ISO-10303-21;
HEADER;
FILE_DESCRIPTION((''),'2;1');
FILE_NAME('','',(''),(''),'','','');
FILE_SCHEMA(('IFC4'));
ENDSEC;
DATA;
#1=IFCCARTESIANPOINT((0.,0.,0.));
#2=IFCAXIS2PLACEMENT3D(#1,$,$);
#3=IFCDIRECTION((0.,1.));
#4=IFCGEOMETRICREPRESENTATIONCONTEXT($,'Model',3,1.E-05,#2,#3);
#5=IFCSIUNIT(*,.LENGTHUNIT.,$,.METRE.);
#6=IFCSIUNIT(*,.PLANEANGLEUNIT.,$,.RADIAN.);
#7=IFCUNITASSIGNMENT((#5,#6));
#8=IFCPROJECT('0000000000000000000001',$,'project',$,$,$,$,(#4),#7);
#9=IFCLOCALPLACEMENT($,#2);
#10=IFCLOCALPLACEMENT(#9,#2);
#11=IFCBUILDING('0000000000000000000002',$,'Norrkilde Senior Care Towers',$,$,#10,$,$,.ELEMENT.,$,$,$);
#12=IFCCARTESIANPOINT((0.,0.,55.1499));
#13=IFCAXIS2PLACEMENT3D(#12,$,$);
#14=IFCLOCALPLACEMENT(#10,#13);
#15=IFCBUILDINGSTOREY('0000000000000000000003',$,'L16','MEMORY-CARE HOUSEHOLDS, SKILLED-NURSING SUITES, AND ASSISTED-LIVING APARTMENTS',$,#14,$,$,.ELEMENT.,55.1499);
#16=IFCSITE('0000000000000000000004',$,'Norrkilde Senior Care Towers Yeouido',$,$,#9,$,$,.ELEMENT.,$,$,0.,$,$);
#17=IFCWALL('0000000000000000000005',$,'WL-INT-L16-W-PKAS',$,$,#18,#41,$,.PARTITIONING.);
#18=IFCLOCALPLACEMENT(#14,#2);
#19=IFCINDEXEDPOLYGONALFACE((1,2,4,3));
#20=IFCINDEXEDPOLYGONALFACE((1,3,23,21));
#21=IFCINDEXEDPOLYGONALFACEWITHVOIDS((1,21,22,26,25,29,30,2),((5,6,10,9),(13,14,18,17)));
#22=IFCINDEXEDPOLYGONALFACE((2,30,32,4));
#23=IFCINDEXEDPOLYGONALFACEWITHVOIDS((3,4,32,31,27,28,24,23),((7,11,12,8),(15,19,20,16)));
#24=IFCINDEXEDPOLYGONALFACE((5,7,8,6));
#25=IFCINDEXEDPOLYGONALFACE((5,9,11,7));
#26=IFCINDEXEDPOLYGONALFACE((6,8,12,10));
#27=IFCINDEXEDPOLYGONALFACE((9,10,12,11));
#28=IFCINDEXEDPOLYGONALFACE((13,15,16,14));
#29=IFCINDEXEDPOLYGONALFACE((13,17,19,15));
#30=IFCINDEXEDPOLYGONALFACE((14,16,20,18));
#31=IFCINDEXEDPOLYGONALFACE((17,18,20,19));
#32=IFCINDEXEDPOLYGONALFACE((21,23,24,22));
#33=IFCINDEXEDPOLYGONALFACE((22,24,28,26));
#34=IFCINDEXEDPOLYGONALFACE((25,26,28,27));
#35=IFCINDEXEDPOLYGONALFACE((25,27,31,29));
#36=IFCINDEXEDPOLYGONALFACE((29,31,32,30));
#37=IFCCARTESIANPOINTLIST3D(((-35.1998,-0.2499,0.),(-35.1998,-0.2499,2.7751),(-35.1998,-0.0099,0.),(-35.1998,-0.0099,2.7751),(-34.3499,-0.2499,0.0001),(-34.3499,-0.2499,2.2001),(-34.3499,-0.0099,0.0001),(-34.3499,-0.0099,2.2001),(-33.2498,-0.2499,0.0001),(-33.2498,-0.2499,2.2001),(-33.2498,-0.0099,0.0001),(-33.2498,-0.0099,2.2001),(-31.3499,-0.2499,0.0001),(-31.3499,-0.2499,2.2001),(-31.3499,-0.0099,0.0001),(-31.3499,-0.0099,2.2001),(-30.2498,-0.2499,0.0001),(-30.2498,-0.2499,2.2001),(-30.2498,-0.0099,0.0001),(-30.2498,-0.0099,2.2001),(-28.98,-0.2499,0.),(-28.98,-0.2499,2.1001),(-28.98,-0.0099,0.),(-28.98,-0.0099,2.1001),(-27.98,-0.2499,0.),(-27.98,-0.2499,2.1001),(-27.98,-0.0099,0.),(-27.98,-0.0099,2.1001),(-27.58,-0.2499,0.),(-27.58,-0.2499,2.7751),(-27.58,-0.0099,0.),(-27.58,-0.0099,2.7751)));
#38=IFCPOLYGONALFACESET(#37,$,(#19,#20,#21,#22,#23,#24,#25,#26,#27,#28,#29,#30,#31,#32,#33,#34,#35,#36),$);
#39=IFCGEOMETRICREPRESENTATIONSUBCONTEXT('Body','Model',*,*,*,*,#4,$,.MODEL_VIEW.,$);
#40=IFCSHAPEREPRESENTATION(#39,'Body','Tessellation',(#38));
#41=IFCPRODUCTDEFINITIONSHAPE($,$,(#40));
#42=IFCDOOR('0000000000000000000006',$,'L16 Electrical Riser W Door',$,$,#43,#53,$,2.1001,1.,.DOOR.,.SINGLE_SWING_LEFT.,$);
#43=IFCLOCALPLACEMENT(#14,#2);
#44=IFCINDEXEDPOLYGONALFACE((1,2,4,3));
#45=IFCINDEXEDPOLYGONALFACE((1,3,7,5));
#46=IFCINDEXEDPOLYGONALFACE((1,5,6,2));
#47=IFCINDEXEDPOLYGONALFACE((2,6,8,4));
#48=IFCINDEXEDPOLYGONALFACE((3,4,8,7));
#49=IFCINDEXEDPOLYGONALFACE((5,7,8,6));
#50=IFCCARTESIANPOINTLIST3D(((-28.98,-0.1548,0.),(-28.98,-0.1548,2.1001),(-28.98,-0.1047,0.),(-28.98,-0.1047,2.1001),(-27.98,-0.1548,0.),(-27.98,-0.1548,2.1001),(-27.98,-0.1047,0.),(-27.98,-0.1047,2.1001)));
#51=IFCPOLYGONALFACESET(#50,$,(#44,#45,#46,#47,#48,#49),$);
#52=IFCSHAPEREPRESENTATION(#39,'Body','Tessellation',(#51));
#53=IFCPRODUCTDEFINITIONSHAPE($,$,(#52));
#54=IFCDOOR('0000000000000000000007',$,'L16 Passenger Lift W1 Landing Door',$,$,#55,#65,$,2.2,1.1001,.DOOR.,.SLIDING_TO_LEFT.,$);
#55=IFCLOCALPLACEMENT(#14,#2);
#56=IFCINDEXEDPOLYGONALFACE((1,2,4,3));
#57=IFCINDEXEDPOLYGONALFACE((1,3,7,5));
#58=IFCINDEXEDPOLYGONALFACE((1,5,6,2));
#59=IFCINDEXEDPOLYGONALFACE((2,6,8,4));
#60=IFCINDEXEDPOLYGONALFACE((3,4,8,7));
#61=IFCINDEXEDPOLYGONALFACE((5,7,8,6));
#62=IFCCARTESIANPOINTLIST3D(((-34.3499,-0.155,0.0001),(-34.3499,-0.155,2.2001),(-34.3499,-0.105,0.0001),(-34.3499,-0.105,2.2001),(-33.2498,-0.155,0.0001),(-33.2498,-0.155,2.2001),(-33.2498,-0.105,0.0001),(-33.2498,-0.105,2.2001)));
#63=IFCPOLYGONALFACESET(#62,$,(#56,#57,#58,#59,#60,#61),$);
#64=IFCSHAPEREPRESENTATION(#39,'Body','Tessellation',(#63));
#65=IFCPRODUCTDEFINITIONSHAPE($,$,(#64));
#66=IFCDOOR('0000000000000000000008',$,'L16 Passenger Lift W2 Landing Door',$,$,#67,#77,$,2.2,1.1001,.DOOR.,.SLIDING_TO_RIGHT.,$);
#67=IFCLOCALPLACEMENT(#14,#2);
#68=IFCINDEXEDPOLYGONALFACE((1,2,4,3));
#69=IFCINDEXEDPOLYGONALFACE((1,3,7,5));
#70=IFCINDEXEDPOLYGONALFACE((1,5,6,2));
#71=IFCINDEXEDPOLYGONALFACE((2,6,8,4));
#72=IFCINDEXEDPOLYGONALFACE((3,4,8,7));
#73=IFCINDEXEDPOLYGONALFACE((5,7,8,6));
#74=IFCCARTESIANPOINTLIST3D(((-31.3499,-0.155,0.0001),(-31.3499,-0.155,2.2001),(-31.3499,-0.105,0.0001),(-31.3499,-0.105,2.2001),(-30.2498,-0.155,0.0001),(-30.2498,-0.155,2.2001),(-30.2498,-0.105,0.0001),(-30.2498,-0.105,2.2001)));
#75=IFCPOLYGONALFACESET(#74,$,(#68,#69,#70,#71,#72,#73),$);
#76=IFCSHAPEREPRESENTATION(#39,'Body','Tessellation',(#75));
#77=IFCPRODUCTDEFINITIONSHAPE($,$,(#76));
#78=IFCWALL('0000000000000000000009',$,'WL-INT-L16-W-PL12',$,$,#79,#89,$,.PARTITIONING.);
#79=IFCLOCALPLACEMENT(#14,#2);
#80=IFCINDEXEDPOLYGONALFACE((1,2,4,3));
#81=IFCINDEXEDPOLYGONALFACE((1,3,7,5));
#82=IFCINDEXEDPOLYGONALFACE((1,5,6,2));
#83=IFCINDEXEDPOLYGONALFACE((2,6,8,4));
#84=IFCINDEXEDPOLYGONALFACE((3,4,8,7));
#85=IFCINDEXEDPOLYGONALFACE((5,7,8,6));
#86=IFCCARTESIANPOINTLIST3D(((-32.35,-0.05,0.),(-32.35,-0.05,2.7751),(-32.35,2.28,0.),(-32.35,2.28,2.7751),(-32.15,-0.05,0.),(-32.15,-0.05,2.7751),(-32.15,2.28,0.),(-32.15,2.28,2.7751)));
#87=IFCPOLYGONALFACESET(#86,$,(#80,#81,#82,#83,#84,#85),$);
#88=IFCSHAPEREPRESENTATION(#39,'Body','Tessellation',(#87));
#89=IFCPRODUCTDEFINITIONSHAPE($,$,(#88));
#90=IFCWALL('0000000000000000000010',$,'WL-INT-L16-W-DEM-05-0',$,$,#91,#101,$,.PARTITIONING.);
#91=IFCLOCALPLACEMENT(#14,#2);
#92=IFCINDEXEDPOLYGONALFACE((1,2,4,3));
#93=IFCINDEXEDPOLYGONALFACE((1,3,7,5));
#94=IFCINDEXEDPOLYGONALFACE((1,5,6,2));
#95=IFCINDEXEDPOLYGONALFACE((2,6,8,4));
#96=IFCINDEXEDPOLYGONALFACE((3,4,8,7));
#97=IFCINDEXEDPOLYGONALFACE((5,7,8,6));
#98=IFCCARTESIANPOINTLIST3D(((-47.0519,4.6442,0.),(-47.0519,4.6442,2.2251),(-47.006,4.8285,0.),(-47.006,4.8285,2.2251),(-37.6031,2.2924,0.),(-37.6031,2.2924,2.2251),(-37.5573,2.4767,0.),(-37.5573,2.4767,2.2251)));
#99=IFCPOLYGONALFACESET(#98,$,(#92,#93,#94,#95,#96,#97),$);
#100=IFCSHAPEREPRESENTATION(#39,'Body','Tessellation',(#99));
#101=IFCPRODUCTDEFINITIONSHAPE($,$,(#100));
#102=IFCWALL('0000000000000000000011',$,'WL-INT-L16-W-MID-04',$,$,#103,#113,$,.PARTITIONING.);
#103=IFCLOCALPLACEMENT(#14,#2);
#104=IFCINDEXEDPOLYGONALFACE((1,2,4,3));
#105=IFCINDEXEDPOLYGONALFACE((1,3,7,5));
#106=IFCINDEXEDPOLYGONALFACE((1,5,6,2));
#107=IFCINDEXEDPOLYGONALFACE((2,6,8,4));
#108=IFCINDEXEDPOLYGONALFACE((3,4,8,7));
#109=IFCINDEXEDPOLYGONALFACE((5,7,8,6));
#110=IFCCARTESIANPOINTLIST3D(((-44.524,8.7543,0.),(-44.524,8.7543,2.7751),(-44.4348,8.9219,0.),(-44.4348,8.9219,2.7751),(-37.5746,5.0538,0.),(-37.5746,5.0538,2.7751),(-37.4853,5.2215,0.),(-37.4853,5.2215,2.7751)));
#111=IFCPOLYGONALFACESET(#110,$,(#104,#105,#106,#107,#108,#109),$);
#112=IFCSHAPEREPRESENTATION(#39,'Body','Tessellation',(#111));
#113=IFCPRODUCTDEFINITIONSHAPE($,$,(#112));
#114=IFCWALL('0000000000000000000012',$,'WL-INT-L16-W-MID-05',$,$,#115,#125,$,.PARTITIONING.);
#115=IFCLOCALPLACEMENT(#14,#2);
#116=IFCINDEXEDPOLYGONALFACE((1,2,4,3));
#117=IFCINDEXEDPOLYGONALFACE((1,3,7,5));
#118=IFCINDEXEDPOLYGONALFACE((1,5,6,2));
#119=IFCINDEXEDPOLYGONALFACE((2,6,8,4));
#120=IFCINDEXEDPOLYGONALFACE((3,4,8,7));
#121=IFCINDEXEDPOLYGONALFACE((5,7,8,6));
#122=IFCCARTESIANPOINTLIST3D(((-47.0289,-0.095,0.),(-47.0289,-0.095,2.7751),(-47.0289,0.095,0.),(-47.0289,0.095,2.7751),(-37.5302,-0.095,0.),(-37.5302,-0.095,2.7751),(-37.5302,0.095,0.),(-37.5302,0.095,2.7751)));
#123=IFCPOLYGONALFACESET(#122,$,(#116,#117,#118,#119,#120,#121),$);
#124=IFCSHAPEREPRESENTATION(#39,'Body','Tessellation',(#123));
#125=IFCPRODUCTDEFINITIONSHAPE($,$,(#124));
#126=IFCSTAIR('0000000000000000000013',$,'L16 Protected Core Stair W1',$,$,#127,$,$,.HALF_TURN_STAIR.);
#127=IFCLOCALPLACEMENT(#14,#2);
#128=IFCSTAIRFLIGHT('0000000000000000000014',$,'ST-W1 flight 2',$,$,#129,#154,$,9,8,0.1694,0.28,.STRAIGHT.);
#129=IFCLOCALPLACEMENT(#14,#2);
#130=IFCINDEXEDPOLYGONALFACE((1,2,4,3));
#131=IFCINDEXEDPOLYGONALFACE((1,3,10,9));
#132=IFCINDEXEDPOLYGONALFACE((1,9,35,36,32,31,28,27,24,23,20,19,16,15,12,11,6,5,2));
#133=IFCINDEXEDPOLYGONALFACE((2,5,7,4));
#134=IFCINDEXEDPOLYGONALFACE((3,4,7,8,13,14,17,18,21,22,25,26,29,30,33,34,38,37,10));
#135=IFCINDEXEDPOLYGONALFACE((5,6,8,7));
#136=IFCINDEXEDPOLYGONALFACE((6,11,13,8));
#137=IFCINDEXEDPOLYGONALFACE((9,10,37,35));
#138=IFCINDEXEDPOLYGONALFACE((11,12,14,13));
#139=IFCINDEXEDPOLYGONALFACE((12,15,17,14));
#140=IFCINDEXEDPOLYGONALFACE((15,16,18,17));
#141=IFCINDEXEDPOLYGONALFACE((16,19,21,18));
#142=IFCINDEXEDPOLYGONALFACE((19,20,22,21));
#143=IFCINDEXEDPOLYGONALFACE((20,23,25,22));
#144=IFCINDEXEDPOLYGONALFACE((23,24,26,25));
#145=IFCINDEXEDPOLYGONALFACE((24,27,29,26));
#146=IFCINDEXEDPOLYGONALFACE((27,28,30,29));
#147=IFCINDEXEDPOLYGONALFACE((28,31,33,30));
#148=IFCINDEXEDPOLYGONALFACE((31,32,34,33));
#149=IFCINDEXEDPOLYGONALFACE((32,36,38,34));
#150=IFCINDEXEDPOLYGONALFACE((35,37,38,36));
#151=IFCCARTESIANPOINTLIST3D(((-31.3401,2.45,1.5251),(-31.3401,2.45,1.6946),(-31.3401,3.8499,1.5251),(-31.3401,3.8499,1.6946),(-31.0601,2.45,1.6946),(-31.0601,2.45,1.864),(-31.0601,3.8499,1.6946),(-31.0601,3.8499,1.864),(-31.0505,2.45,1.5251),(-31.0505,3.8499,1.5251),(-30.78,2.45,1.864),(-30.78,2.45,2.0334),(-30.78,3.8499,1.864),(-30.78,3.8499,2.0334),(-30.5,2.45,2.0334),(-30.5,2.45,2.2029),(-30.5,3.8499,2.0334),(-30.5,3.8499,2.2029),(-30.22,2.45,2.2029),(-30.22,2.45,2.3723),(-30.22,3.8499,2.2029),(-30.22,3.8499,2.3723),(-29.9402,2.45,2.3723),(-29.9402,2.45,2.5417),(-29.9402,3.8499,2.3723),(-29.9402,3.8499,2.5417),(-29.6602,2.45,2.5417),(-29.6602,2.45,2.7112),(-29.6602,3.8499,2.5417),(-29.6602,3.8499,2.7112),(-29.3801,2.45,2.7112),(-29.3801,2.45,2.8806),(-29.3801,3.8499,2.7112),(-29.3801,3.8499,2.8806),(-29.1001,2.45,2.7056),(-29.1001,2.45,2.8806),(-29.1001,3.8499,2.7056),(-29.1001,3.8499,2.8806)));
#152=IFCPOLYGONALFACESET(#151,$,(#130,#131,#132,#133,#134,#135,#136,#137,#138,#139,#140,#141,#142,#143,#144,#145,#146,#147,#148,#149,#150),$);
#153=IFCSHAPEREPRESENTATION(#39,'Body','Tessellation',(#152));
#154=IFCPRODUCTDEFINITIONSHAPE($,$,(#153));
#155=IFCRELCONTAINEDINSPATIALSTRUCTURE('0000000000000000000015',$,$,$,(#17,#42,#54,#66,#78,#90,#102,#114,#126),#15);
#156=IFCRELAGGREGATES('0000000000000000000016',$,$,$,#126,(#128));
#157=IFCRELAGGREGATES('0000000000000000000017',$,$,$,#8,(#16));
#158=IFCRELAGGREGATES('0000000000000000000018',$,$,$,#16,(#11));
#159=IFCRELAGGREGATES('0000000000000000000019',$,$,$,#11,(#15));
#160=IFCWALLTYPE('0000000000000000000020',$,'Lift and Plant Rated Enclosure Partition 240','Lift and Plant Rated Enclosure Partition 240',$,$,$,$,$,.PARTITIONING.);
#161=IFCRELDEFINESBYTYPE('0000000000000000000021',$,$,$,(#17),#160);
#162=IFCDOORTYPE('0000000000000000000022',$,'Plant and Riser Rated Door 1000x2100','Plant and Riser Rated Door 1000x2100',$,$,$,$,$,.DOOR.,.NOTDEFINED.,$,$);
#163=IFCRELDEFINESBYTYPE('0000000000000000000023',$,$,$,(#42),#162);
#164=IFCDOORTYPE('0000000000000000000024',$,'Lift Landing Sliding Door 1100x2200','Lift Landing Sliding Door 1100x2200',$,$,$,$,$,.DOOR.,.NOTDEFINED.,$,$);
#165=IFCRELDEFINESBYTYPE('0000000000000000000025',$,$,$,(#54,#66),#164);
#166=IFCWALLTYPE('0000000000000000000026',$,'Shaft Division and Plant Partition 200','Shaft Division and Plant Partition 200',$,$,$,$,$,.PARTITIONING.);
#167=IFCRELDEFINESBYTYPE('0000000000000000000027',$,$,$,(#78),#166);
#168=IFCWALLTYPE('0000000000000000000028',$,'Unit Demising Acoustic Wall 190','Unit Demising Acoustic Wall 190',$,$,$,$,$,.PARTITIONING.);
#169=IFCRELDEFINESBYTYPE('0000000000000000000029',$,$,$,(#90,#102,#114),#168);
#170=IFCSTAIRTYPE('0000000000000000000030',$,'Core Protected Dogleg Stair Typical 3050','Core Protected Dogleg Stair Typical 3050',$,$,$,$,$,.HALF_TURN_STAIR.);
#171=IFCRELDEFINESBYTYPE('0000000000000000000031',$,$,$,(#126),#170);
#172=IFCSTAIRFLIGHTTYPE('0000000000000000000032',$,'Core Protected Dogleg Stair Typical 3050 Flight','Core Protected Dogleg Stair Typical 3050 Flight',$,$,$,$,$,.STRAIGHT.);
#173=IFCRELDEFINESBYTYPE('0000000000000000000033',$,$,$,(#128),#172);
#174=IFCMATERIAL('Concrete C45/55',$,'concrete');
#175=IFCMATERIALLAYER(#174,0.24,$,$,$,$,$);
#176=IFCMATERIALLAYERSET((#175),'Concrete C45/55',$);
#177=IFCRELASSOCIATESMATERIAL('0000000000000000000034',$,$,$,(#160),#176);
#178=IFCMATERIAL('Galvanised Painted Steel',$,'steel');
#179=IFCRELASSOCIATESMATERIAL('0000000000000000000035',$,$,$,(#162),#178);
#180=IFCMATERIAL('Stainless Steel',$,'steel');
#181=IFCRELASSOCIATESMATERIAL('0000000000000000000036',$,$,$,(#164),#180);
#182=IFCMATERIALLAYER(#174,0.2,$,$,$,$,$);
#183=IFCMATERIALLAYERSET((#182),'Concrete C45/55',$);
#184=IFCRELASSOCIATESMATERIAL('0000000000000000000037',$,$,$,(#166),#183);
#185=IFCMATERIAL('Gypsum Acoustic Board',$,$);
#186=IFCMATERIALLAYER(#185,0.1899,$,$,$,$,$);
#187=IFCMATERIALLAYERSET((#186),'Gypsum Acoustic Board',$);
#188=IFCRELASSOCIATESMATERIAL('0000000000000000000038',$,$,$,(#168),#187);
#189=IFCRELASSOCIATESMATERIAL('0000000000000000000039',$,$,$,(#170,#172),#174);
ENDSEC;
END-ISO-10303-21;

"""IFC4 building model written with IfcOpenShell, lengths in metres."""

from ifc_helpers import new_model, si_unit, direction, frame, frame_2d, origin, place, context, subcontext, project, spatial, polyline, rectangle, outline, extrude, source, transform, mapped, material, layer, layer_set, type_object, type_shapes, element, fill, aggregate, save


model = new_model("IFC4")

# Units and contexts
model_context = context("Model", 3, precision=1e-05, world=origin(), true_north=direction((0.0, 1.0)))
body_context = subcontext(model_context, "Body", "Model", "MODEL_VIEW")
ifc_project = project(units=[si_unit("LENGTHUNIT", "METRE"), si_unit("PLANEANGLEUNIT", "RADIAN")], contexts=[model_context])

# Site, building, storey
site_placement = place(None, origin())
site = spatial("IfcSite", under=ifc_project, at=site_placement, Name="Norrkilde Senior Care Towers Yeouido", CompositionType="ELEMENT", RefElevation=0.0)
building_placement = place(site_placement, origin())
building = spatial("IfcBuilding", under=site, at=building_placement, Name="Norrkilde Senior Care Towers", CompositionType="ELEMENT")
storey_placement = place(building_placement, frame((0.0, 0.0, 55.1499)))
storey = spatial("IfcBuildingStorey", under=building, at=storey_placement, Name="L16", Description="MEMORY-CARE HOUSEHOLDS, SKILLED-NURSING SUITES, AND ASSISTED-LIVING APARTMENTS", CompositionType="ELEMENT", Elevation=55.1499)

# Shared definitions
ifc_material_1 = material(Name="Concrete C45/55", Category="concrete")

# Wall, openings, doors
ifc_layer_1 = layer(ifc_material_1, 0.24)
ifc_layer_set_1 = layer_set([ifc_layer_1], Name="Concrete C45/55")
wall_type_1 = type_object("IfcWallType", Name="Lift and Plant Rated Enclosure Partition 240", Description="Lift and Plant Rated Enclosure Partition 240", PredefinedType="PARTITIONING", material=ifc_layer_set_1)
shared_shape_1 = source(origin(), body_context, "Body", "SweptSolid", [
    extrude(rectangle(XDim=7.6199, YDim=0.24, at=frame_2d((3.8101, 0.0))), origin(), (0.0, 0.0, 1.0), 2.7751),
])
type_shapes(wall_type_1, [shared_shape_1])
wall_1_placement = place(storey_placement, frame((-35.2, -0.1299, 0.0), z_axis=(0.0, 0.0, 1.0), x_axis=(1.0, 0.0, 0.0)))
wall_1 = element("IfcWall", 1, at=wall_1_placement, inside=storey, type_object=wall_type_1, Name="WL-INT-L16-W-PKAS", PredefinedType="PARTITIONING", context=body_context, shape_type="MappedRepresentation", body=[
    mapped(shared_shape_1, transform((0.0, 0.0, 0.0), x_axis=(1.0, 0.0, 0.0), y_axis=(0.0, 1.0, 0.0), z_axis=(0.0, 0.0, 1.0), scale=1.0)),
])
opening_1_placement = place(wall_1_placement, frame((6.22, 0.0, 0.0)))
opening_1 = element("IfcOpeningElement", 2, at=opening_1_placement, cuts=wall_1, PredefinedType="OPENING", context=body_context, shape_type="SweptSolid", body=[
    extrude(rectangle(XDim=1.0, YDim=2.1001, at=frame_2d((0.5, 1.05))), frame((0.0, 0.1299, 0.0), z_axis=(0.0, -1.0, 0.0), x_axis=(1.0, 0.0, 0.0)), (0.0, 0.0, 1.0), 0.26),
])
opening_2_placement = place(wall_1_placement, frame((0.8501, 0.0, 0.0)))
opening_2 = element("IfcOpeningElement", 3, at=opening_2_placement, cuts=wall_1, PredefinedType="OPENING", context=body_context, shape_type="SweptSolid", body=[
    extrude(rectangle(XDim=1.1001, YDim=2.2, at=frame_2d((0.55, 1.1001))), frame((0.0, 0.1299, 0.0), z_axis=(0.0, -1.0, 0.0), x_axis=(1.0, 0.0, 0.0)), (0.0, 0.0, 1.0), 0.26),
])
opening_3_placement = place(wall_1_placement, frame((3.8501, 0.0, 0.0)))
opening_3 = element("IfcOpeningElement", 4, at=opening_3_placement, cuts=wall_1, PredefinedType="OPENING", context=body_context, shape_type="SweptSolid", body=[
    extrude(rectangle(XDim=1.1001, YDim=2.2, at=frame_2d((0.55, 1.1001))), frame((0.0, 0.1299, 0.0), z_axis=(0.0, -1.0, 0.0), x_axis=(1.0, 0.0, 0.0)), (0.0, 0.0, 1.0), 0.26),
])
ifc_material_2 = material(Name="Galvanised Painted Steel", Category="steel")
door_type_1 = type_object("IfcDoorType", Name="Plant and Riser Rated Door 1000x2100", Description="Plant and Riser Rated Door 1000x2100", OperationType="NOTDEFINED", PredefinedType="DOOR", material=ifc_material_2)
shared_shape_2 = source(origin(), body_context, "Body", "SweptSolid", [
    extrude(rectangle(XDim=1.0, YDim=2.1001, at=frame_2d((0.5, 1.05))), frame((0.0, 0.0249, 0.0), z_axis=(0.0, -1.0, 0.0), x_axis=(1.0, 0.0, 0.0)), (0.0, 0.0, 1.0), 0.05),
])
type_shapes(door_type_1, [shared_shape_2])
door_1_placement = place(opening_1_placement, frame((1.0, 0.0, 0.0), z_axis=(0.0, 0.0, 1.0), x_axis=(-1.0, 0.0, 0.0)))
door_1 = element("IfcDoor", 5, at=door_1_placement, inside=storey, type_object=door_type_1, Name="L16 Electrical Riser W Door", OperationType="SINGLE_SWING_LEFT", OverallHeight=2.1001, OverallWidth=1.0, PredefinedType="DOOR", context=body_context, shape_type="MappedRepresentation", body=[
    mapped(shared_shape_2, transform((0.0, 0.0, 0.0), x_axis=(1.0, 0.0, 0.0), y_axis=(0.0, 1.0, 0.0), z_axis=(0.0, 0.0, 1.0), scale=1.0)),
])
fill(opening_1, door_1)
ifc_material_3 = material(Name="Stainless Steel", Category="steel")
door_type_2 = type_object("IfcDoorType", Name="Lift Landing Sliding Door 1100x2200", Description="Lift Landing Sliding Door 1100x2200", OperationType="NOTDEFINED", PredefinedType="DOOR", material=ifc_material_3)
shared_shape_3 = source(origin(), body_context, "Body", "SweptSolid", [
    extrude(rectangle(XDim=1.1001, YDim=2.2, at=frame_2d((0.55, 1.1001))), frame((0.0, 0.0249, 0.0), z_axis=(0.0, -1.0, 0.0), x_axis=(1.0, 0.0, 0.0)), (0.0, 0.0, 1.0), 0.05),
])
type_shapes(door_type_2, [shared_shape_3])
door_2_placement = place(opening_2_placement, origin())
door_2 = element("IfcDoor", 6, at=door_2_placement, inside=storey, type_object=door_type_2, Name="L16 Passenger Lift W1 Landing Door", OperationType="SLIDING_TO_LEFT", OverallHeight=2.2, OverallWidth=1.1001, PredefinedType="DOOR", context=body_context, shape_type="MappedRepresentation", body=[
    mapped(shared_shape_3, transform((0.0, 0.0, 0.0), x_axis=(1.0, 0.0, 0.0), y_axis=(0.0, 1.0, 0.0), z_axis=(0.0, 0.0, 1.0), scale=1.0)),
])
fill(opening_2, door_2)
door_3_placement = place(opening_3_placement, origin())
door_3 = element("IfcDoor", 7, at=door_3_placement, inside=storey, type_object=door_type_2, Name="L16 Passenger Lift W2 Landing Door", OperationType="SLIDING_TO_RIGHT", OverallHeight=2.2, OverallWidth=1.1001, PredefinedType="DOOR", context=body_context, shape_type="MappedRepresentation", body=[
    mapped(shared_shape_3, transform((0.0, 0.0, 0.0), x_axis=(1.0, 0.0, 0.0), y_axis=(0.0, 1.0, 0.0), z_axis=(0.0, 0.0, 1.0), scale=1.0)),
])
fill(opening_3, door_3)

# Walls
ifc_layer_2 = layer(ifc_material_1, 0.2)
ifc_layer_set_2 = layer_set([ifc_layer_2], Name="Concrete C45/55")
wall_type_2 = type_object("IfcWallType", Name="Shaft Division and Plant Partition 200", Description="Shaft Division and Plant Partition 200", PredefinedType="PARTITIONING", material=ifc_layer_set_2)
shared_shape_4 = source(origin(), body_context, "Body", "SweptSolid", [
    extrude(rectangle(XDim=2.3301, YDim=0.2, at=frame_2d((1.165, 0.0))), origin(), (0.0, 0.0, 1.0), 2.7751),
])
type_shapes(wall_type_2, [shared_shape_4])
wall_2_placement = place(storey_placement, frame((-32.25, -0.05, 0.0), z_axis=(0.0, 0.0, 1.0), x_axis=(0.0, 1.0, 0.0)))
element("IfcWall", 8, at=wall_2_placement, inside=storey, type_object=wall_type_2, Name="WL-INT-L16-W-PL12", PredefinedType="PARTITIONING", context=body_context, shape_type="MappedRepresentation", body=[
    mapped(shared_shape_4, transform((0.0, 0.0, 0.0), x_axis=(1.0, 0.0, 0.0), y_axis=(0.0, 1.0, 0.0), z_axis=(0.0, 0.0, 1.0), scale=1.0)),
])
ifc_material_4 = material(Name="Gypsum Acoustic Board")
ifc_layer_3 = layer(ifc_material_4, 0.1899)
ifc_layer_set_3 = layer_set([ifc_layer_3], Name="Gypsum Acoustic Board")
wall_type_3 = type_object("IfcWallType", Name="Unit Demising Acoustic Wall 190", Description="Unit Demising Acoustic Wall 190", PredefinedType="PARTITIONING", material=ifc_layer_set_3)
shared_shape_5 = source(origin(), body_context, "Body", "SweptSolid", [
    extrude(rectangle(XDim=9.7371, YDim=0.1899, at=frame_2d((4.8687, 0.0))), origin(), (0.0, 0.0, 1.0), 2.2251),
])
wall_3_placement = place(storey_placement, frame((-37.5801, 2.3845, 0.0), z_axis=(0.0, 0.0, 1.0), x_axis=(-0.970393, 0.241533, 0.0)))
element("IfcWall", 9, at=wall_3_placement, inside=storey, type_object=wall_type_3, Name="WL-INT-L16-W-DEM-05-0", PredefinedType="PARTITIONING", context=body_context, shape_type="MappedRepresentation", body=[
    mapped(shared_shape_5, transform((0.0, 0.0, 0.0), x_axis=(1.0, 0.0, 0.0), y_axis=(0.0, 1.0, 0.0), z_axis=(0.0, 0.0, 1.0), scale=1.0)),
])
shared_shape_6 = source(origin(), body_context, "Body", "SweptSolid", [
    extrude(rectangle(XDim=7.8733, YDim=0.1899, at=frame_2d((3.9365, 0.0))), origin(), (0.0, 0.0, 1.0), 2.7751),
])
wall_4_placement = place(storey_placement, frame((-37.53, 5.1377, 0.0), z_axis=(0.0, 0.0, 1.0), x_axis=(-0.882666, 0.470001, 0.0)))
element("IfcWall", 10, at=wall_4_placement, inside=storey, type_object=wall_type_3, Name="WL-INT-L16-W-MID-04", PredefinedType="PARTITIONING", context=body_context, shape_type="MappedRepresentation", body=[
    mapped(shared_shape_6, transform((0.0, 0.0, 0.0), x_axis=(1.0, 0.0, 0.0), y_axis=(0.0, 1.0, 0.0), z_axis=(0.0, 0.0, 1.0), scale=1.0)),
])
shared_shape_7 = source(origin(), body_context, "Body", "SweptSolid", [
    extrude(rectangle(XDim=9.4988, YDim=0.1899, at=frame_2d((4.7495, 0.0))), origin(), (0.0, 0.0, 1.0), 2.7751),
])
type_shapes(wall_type_3, [shared_shape_5, shared_shape_6, shared_shape_7])
wall_5_placement = place(storey_placement, frame((-37.53, 0.0, 0.0), z_axis=(0.0, 0.0, 1.0), x_axis=(-1.0, 0.0, 0.0)))
element("IfcWall", 11, at=wall_5_placement, inside=storey, type_object=wall_type_3, Name="WL-INT-L16-W-MID-05", PredefinedType="PARTITIONING", context=body_context, shape_type="MappedRepresentation", body=[
    mapped(shared_shape_7, transform((0.0, 0.0, 0.0), x_axis=(1.0, 0.0, 0.0), y_axis=(0.0, 1.0, 0.0), z_axis=(0.0, 0.0, 1.0), scale=1.0)),
])

# Stair, stair flight
stair_type = type_object("IfcStairType", Name="Core Protected Dogleg Stair Typical 3050", Description="Core Protected Dogleg Stair Typical 3050", PredefinedType="HALF_TURN_STAIR", material=ifc_material_1)
stair_placement = place(storey_placement, origin())
stair = element("IfcStair", 12, at=stair_placement, inside=storey, type_object=stair_type, Name="L16 Protected Core Stair W1", PredefinedType="HALF_TURN_STAIR")
stair_flight_type = type_object("IfcStairFlightType", Name="Core Protected Dogleg Stair Typical 3050 Flight", Description="Core Protected Dogleg Stair Typical 3050 Flight", PredefinedType="STRAIGHT", material=ifc_material_1)
stair_flight_placement = place(storey_placement, frame((-31.3401, 3.1499, 1.5251), z_axis=(0.0, 0.0, 1.0), x_axis=(1.0, 0.0, 0.0)))
stair_flight = element("IfcStairFlight", 13, at=stair_flight_placement, type_object=stair_flight_type, Name="ST-W1 flight 2", NumberOfRisers=9, NumberOfTreads=8, PredefinedType="STRAIGHT", RiserHeight=0.1694, TreadLength=0.28, context=body_context, shape_type="SweptSolid", body=[
    extrude(outline(polyline([(0.0, 0.0), (0.0, 0.1694), (0.28, 0.1694), (0.28, 0.3389), (0.5601, 0.3389), (0.5601, 0.5083), (0.8401, 0.5083), (0.8401, 0.6777), (1.1201, 0.6777), (1.1201, 0.8472), (1.3999, 0.8472), (1.3999, 1.0166), (1.6799, 1.0166), (1.6799, 1.186), (1.96, 1.186), (1.96, 1.3555), (2.24, 1.3555), (2.24, 1.5249), (2.24, 1.1804), (0.2896, 0.0), (0.0, 0.0)])), frame((0.0, 0.7, 0.0), z_axis=(0.0, -1.0, 0.0), x_axis=(1.0, 0.0, 0.0)), (0.0, 0.0, 1.0), 1.3999),
])
aggregate(stair, [stair_flight])

save(model, "model.ifc")
